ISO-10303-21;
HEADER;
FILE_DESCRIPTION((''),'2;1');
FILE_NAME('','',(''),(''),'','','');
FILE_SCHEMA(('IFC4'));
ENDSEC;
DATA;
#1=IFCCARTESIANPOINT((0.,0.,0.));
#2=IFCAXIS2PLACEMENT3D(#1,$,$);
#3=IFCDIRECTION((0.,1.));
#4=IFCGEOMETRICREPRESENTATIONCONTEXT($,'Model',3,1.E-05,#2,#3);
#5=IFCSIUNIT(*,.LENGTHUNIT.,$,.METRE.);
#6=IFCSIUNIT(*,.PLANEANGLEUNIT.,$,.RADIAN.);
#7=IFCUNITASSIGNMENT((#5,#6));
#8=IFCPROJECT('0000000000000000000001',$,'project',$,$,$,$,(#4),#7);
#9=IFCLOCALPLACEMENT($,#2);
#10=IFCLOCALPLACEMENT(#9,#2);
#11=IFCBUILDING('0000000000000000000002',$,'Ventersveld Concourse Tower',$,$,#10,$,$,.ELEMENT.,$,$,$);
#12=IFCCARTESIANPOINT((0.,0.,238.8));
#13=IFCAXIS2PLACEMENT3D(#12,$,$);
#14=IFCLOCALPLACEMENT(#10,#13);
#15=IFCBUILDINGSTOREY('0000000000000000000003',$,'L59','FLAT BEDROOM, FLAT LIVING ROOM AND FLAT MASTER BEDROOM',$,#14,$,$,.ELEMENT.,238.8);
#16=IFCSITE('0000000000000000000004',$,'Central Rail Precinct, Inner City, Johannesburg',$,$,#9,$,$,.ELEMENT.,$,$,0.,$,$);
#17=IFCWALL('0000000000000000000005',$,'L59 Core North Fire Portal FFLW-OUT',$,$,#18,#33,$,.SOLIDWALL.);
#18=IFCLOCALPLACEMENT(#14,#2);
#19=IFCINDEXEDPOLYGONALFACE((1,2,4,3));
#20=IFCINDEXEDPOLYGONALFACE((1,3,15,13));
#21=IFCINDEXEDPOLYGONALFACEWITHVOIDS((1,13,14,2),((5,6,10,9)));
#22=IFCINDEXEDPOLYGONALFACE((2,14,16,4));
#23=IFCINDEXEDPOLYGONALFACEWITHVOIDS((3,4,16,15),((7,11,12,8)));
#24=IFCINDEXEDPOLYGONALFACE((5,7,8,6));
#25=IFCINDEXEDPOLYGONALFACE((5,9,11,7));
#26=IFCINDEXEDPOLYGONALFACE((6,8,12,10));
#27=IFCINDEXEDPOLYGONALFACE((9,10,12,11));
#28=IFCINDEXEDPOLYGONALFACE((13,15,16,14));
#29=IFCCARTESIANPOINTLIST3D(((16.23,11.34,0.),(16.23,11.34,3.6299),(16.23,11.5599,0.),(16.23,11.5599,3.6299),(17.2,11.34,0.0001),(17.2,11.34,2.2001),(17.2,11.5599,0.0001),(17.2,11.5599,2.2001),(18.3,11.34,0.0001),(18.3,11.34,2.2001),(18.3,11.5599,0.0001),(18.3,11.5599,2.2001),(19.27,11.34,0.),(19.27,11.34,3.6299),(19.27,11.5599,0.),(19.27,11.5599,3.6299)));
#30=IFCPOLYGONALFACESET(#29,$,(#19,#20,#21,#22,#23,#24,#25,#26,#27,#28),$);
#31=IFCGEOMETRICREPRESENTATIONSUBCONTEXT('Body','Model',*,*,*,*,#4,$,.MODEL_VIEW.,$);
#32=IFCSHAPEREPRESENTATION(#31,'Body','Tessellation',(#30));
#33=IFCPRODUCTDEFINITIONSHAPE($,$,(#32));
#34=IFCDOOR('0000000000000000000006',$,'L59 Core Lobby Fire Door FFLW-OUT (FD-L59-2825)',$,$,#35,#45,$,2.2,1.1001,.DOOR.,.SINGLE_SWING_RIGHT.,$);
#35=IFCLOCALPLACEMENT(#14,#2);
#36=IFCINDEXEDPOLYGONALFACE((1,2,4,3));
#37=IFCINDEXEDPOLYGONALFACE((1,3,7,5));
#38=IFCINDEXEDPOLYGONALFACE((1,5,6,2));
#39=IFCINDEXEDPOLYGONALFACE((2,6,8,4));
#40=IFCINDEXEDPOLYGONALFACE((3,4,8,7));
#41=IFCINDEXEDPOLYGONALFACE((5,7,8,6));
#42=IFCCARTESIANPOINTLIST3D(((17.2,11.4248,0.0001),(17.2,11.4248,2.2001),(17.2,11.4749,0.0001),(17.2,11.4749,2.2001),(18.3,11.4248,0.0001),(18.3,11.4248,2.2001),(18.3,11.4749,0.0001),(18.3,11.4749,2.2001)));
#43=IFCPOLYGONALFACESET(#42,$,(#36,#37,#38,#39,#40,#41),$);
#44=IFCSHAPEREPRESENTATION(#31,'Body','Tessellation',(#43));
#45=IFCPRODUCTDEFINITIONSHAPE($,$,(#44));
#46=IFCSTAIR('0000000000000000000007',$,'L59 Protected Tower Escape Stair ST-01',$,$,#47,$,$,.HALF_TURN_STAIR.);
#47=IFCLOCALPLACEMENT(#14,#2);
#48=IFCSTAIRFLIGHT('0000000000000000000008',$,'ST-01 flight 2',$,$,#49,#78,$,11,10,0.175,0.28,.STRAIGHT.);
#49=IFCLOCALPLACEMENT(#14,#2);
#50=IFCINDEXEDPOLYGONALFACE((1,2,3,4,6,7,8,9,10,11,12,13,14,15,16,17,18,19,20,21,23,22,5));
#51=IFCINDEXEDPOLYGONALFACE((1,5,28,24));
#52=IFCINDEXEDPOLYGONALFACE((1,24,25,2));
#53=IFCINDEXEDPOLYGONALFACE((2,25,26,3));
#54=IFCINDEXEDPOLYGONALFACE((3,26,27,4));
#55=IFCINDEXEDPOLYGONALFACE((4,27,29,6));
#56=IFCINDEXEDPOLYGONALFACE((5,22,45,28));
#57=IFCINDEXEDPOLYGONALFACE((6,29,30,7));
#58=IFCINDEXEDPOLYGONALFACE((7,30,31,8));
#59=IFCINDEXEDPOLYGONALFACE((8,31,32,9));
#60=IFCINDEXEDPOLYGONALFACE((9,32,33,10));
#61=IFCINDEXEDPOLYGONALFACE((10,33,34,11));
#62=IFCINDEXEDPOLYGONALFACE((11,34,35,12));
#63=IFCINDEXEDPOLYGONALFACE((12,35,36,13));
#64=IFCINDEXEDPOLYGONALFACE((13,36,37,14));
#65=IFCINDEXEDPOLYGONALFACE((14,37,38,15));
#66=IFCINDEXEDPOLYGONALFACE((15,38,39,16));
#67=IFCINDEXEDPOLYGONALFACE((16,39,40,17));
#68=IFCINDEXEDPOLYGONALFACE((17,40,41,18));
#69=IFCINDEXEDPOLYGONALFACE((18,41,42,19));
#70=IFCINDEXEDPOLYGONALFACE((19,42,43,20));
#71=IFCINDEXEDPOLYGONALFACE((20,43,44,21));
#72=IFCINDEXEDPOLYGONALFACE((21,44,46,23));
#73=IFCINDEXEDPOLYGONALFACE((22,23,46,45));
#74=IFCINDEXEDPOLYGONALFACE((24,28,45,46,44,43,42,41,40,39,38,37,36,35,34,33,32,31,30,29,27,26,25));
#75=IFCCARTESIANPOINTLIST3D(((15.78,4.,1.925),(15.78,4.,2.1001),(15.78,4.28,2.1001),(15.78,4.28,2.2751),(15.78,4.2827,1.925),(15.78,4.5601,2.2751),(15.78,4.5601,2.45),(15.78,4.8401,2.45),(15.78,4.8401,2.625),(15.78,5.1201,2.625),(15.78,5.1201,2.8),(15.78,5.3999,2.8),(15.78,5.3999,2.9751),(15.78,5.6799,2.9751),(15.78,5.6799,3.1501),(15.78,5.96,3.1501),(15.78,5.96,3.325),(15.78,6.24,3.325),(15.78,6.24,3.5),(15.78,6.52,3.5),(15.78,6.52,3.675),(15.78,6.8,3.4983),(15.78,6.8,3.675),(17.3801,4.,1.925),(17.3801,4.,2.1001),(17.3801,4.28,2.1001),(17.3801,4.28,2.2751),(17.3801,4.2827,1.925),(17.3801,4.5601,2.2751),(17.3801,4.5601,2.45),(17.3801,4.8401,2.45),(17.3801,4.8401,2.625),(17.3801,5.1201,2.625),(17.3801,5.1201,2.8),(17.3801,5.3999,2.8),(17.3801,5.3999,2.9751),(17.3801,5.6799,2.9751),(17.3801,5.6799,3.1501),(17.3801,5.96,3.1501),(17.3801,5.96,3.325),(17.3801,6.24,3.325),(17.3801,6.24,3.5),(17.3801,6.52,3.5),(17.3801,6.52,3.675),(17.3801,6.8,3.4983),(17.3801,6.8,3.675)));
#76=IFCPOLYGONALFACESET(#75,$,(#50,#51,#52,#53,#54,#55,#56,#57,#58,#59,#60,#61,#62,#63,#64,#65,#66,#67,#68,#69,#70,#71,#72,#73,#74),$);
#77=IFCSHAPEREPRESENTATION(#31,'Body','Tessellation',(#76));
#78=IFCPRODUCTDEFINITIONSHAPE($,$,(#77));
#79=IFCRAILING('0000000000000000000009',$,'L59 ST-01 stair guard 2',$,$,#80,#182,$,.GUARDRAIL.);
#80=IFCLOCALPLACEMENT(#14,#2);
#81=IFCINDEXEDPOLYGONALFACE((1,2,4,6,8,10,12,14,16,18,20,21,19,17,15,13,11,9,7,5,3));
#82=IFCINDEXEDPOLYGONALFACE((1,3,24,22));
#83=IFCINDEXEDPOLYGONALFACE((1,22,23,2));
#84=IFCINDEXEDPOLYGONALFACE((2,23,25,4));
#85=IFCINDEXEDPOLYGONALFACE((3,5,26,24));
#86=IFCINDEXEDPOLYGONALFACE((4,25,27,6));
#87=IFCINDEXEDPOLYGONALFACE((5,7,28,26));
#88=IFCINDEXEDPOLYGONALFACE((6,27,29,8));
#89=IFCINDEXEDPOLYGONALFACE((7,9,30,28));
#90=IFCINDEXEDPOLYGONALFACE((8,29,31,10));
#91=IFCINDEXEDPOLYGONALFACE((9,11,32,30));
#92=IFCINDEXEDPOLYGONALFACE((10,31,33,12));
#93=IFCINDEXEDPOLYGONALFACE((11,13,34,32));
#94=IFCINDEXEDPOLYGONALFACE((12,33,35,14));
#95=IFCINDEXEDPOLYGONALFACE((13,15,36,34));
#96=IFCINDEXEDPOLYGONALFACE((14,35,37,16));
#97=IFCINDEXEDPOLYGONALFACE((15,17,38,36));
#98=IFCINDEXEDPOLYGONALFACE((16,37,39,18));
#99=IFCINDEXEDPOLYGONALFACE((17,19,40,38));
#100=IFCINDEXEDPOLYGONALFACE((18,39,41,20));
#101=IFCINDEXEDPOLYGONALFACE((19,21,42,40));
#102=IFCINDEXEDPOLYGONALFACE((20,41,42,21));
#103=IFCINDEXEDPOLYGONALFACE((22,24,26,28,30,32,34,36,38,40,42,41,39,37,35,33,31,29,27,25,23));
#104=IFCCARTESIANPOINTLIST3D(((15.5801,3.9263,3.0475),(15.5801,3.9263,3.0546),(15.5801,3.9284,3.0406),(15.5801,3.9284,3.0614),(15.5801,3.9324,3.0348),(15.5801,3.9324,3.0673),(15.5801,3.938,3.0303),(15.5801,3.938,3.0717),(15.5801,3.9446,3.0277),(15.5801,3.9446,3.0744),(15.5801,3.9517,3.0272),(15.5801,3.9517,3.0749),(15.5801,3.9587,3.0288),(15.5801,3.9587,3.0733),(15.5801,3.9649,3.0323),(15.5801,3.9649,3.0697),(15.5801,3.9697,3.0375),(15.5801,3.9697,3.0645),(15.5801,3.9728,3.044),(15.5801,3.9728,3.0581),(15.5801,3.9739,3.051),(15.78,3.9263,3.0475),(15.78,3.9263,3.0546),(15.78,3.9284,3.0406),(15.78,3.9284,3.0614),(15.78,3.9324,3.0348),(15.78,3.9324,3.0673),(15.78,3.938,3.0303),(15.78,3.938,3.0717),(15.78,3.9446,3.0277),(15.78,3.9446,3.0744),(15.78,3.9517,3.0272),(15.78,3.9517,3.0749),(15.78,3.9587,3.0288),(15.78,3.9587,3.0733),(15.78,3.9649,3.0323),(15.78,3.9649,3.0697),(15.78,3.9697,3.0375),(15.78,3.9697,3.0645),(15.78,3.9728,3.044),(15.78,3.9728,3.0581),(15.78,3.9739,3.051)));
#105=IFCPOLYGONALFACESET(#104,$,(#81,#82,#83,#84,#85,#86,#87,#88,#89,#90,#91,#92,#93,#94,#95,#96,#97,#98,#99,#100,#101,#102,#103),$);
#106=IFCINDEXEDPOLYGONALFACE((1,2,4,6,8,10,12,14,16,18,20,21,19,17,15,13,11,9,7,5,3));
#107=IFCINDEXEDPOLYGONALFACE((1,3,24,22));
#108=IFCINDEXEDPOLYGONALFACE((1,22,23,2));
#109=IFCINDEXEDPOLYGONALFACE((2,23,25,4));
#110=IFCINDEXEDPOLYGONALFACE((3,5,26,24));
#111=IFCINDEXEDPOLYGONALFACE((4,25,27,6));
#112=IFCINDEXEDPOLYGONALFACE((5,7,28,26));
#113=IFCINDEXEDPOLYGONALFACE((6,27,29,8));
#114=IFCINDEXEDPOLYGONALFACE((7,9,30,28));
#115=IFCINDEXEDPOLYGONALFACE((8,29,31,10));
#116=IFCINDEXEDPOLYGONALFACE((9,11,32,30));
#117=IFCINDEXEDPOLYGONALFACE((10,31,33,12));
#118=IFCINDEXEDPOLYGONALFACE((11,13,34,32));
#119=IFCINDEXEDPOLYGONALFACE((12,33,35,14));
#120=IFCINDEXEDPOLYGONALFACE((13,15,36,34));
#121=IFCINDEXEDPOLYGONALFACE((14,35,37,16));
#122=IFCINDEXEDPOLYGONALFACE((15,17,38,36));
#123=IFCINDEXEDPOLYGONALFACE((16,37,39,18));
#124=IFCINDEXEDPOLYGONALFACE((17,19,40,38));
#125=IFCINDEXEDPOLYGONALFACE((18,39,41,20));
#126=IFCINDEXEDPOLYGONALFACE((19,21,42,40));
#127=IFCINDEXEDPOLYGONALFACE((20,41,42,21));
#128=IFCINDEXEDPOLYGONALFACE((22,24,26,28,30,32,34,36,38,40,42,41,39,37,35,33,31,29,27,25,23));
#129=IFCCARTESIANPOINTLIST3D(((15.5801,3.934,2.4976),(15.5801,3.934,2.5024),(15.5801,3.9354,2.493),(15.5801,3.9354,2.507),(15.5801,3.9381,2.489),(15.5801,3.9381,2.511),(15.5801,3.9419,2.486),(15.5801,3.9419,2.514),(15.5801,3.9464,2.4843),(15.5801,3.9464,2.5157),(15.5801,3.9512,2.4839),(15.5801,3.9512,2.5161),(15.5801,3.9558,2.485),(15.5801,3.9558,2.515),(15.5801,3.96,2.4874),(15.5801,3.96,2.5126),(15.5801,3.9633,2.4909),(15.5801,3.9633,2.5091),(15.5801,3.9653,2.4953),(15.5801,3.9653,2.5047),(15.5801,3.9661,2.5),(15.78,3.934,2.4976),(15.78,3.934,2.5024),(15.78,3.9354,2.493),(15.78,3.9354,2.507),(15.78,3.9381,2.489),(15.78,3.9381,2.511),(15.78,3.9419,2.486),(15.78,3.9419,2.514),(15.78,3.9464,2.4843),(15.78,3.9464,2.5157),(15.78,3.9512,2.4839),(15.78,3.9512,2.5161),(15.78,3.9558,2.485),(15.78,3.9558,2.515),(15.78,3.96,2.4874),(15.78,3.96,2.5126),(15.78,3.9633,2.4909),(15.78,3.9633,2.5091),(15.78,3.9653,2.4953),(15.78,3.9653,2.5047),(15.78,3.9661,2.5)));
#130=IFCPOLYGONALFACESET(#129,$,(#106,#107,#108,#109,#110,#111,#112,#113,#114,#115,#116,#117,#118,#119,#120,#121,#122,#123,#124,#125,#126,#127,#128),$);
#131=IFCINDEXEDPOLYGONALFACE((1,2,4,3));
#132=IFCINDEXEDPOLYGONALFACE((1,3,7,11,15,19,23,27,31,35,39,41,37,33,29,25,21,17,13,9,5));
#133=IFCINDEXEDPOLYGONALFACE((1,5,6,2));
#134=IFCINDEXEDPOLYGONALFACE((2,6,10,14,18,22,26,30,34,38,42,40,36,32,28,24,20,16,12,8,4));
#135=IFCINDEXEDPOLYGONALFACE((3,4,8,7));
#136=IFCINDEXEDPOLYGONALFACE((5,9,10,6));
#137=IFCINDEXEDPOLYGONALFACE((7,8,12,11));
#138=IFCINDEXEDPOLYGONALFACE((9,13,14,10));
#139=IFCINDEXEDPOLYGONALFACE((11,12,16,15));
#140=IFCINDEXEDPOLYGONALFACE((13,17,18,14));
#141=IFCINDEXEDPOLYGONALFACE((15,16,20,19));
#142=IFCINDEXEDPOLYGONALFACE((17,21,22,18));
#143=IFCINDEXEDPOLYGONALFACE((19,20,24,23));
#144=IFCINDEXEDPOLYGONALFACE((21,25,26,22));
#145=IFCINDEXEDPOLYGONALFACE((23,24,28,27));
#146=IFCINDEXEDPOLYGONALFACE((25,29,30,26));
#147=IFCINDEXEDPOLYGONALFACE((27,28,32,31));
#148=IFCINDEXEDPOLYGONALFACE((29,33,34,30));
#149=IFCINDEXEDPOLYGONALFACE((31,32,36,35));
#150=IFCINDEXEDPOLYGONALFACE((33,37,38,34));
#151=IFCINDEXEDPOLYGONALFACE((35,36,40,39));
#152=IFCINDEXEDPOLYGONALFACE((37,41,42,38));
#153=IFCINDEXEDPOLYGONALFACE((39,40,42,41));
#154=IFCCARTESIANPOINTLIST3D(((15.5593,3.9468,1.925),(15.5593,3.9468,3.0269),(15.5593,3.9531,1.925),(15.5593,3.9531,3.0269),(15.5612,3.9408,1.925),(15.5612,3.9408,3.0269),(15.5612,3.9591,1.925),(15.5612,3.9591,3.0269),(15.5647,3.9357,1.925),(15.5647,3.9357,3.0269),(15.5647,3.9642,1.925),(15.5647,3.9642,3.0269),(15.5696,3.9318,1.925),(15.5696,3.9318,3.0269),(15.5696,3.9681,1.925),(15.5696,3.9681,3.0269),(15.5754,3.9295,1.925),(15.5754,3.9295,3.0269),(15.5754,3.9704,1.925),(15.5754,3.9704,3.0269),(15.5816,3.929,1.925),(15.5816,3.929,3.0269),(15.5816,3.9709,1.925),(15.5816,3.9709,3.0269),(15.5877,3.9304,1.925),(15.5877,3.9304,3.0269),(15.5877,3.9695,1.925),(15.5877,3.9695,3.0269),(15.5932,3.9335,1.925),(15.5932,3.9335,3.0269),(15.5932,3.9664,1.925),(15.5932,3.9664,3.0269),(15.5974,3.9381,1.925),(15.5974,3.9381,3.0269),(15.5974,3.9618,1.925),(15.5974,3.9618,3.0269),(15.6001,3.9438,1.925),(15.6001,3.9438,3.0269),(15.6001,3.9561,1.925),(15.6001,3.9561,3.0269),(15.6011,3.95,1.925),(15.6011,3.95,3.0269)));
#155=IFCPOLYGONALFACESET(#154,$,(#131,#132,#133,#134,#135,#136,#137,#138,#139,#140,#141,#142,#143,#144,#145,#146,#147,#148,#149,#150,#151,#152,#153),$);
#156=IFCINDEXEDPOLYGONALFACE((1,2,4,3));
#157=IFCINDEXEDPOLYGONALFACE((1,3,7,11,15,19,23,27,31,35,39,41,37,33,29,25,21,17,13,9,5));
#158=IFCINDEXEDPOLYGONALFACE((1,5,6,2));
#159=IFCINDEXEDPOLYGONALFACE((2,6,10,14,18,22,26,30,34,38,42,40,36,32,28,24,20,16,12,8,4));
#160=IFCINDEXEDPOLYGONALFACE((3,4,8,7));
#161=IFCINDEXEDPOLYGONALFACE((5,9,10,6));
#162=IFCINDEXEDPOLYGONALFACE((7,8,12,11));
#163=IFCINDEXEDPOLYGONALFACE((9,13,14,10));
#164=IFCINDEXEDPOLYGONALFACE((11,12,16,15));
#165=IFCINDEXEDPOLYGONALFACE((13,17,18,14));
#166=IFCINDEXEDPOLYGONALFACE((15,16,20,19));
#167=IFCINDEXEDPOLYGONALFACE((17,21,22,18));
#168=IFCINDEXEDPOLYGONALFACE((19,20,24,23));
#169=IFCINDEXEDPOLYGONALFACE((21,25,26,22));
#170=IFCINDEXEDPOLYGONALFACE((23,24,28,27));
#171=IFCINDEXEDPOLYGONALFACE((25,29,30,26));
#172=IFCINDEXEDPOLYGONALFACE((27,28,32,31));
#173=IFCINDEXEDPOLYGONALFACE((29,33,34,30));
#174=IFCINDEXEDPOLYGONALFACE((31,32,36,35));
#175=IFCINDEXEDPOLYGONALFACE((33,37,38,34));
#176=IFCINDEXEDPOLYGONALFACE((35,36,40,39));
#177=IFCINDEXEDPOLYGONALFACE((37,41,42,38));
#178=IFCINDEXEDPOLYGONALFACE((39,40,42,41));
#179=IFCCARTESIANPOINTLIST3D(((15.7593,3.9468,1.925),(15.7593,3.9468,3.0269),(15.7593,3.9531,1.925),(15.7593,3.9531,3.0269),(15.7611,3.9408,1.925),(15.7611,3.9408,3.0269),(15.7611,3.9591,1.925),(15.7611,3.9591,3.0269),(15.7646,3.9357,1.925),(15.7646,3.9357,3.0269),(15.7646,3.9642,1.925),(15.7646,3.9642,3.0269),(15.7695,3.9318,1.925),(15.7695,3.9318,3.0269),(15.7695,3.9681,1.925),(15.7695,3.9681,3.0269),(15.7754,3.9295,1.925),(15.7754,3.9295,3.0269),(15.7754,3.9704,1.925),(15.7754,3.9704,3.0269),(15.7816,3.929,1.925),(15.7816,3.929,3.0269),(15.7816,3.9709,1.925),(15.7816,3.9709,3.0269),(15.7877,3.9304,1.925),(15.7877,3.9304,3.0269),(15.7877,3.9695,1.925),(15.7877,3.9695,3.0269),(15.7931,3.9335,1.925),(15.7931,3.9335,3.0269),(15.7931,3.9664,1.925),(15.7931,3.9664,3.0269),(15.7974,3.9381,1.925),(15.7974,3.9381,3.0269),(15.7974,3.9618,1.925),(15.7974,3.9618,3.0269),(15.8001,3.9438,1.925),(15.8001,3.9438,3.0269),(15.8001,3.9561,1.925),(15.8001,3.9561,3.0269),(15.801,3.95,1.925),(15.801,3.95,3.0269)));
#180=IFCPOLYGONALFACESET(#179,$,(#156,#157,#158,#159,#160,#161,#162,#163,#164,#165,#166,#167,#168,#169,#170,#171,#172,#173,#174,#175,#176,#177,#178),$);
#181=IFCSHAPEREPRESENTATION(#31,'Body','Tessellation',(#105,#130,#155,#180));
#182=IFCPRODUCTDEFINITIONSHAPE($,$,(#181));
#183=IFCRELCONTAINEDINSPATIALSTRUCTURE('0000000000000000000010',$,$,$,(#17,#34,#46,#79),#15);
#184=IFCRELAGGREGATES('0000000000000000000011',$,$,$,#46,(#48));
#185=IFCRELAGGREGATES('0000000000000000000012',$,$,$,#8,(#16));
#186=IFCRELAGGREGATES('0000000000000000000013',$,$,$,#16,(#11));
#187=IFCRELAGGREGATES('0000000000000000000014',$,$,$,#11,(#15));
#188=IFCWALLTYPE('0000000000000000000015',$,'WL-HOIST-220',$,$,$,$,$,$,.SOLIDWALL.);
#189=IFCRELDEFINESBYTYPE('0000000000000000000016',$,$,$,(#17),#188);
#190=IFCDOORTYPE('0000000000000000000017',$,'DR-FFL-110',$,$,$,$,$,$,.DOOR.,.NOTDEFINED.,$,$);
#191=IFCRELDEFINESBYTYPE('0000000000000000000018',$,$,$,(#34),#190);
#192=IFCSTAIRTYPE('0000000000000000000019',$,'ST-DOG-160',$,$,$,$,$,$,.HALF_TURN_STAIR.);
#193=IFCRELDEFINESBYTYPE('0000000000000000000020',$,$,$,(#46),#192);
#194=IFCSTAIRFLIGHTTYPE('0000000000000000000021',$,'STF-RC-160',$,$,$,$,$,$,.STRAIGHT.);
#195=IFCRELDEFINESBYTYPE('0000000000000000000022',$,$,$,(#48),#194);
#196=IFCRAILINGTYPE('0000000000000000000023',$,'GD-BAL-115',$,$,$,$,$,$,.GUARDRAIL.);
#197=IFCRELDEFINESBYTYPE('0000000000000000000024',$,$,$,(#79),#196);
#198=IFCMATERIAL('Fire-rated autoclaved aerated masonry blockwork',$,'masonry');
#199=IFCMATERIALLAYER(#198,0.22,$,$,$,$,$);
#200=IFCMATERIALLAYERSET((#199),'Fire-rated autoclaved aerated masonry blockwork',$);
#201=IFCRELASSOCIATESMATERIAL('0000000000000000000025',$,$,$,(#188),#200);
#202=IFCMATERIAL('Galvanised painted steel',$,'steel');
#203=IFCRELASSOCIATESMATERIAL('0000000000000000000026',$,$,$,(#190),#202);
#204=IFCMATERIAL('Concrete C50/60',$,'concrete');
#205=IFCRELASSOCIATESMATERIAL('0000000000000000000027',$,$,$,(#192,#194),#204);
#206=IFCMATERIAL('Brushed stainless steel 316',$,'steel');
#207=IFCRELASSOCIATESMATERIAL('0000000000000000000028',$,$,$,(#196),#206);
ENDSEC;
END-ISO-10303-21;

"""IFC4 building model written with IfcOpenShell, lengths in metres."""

from ifc_helpers import new_model, si_unit, direction, frame, frame_2d, origin, origin_2d, place, context, subcontext, project, spatial, polyline, rectangle, circle, outline, extrude, material, layer, layer_set, type_object, element, fill, aggregate, save


model = new_model("IFC4")

# Units and contexts
model_context = context("Model", 3, precision=1e-05, world=origin(), true_north=direction((0.0, 1.0)))
body_context = subcontext(model_context, "Body", "Model", "MODEL_VIEW")
ifc_project = project(units=[si_unit("LENGTHUNIT", "METRE"), si_unit("PLANEANGLEUNIT", "RADIAN")], contexts=[model_context])

# Site, building, storey
site_placement = place(None, origin())
site = spatial("IfcSite", under=ifc_project, at=site_placement, Name="Central Rail Precinct, Inner City, Johannesburg", CompositionType="ELEMENT", RefElevation=0.0)
building_placement = place(site_placement, origin())
building = spatial("IfcBuilding", under=site, at=building_placement, Name="Ventersveld Concourse Tower", CompositionType="ELEMENT")
storey_placement = place(building_placement, frame((0.0, 0.0, 238.8)))
storey = spatial("IfcBuildingStorey", under=building, at=storey_placement, Name="L59", Description="FLAT BEDROOM, FLAT LIVING ROOM AND FLAT MASTER BEDROOM", CompositionType="ELEMENT", Elevation=238.8)

# Shared definitions
ifc_material_1 = material(Name="Concrete C50/60", Category="concrete")

# Shared definitions
ifc_material_2 = material(Name="Fire-rated autoclaved aerated masonry blockwork", Category="masonry")
ifc_material_3 = material(Name="Galvanised painted steel", Category="steel")

# Shared definitions
ifc_layer_1 = layer(ifc_material_2, 0.22)
ifc_layer_set_1 = layer_set([ifc_layer_1], Name="Fire-rated autoclaved aerated masonry blockwork")
wall_type_1 = type_object("IfcWallType", Name="WL-HOIST-220", PredefinedType="SOLIDWALL", material=ifc_layer_set_1)

# Shared definitions
ifc_material_4 = material(Name="Brushed stainless steel 316", Category="steel")

# Wall, opening, door
door_type_1 = type_object("IfcDoorType", Name="DR-FFL-110", OperationType="NOTDEFINED", PredefinedType="DOOR", material=ifc_material_3)
wall_1_placement = place(storey_placement, frame((16.23, 11.45, 0.0), z_axis=(0.0, 0.0, 1.0), x_axis=(1.0, 0.0, 0.0)))
wall_1 = element("IfcWall", 1, at=wall_1_placement, inside=storey, type_object=wall_type_1, Name="L59 Core North Fire Portal FFLW-OUT", PredefinedType="SOLIDWALL", context=body_context, shape_type="SweptSolid", body=[
    extrude(rectangle(XDim=3.04, YDim=0.22, at=frame_2d((1.52, 0.0))), origin(), (0.0, 0.0, 1.0), 3.6299),
])
opening_1_placement = place(wall_1_placement, frame((0.97, 0.0, 0.0)))
opening_1 = element("IfcOpeningElement", 2, at=opening_1_placement, cuts=wall_1, PredefinedType="OPENING", context=body_context, shape_type="SweptSolid", body=[
    extrude(rectangle(XDim=1.1001, YDim=2.2, at=frame_2d((0.55, 1.1001))), frame((0.0, 0.1201, 0.0), z_axis=(0.0, -1.0, 0.0), x_axis=(1.0, 0.0, 0.0)), (0.0, 0.0, 1.0), 0.24),
])
door_1_placement = place(opening_1_placement, origin())
door_1 = element("IfcDoor", 3, at=door_1_placement, inside=storey, type_object=door_type_1, Name="L59 Core Lobby Fire Door FFLW-OUT (FD-L59-2825)", OperationType="SINGLE_SWING_RIGHT", OverallHeight=2.2, OverallWidth=1.1001, PredefinedType="DOOR", context=body_context, shape_type="SweptSolid", body=[
    extrude(rectangle(XDim=1.1001, YDim=2.2, at=frame_2d((0.55, 1.1001))), frame((0.0, 0.0249, 0.0), z_axis=(0.0, -1.0, 0.0), x_axis=(1.0, 0.0, 0.0)), (0.0, 0.0, 1.0), 0.05),
])
fill(opening_1, door_1)

# Stair, stair flight
stair_type = type_object("IfcStairType", Name="ST-DOG-160", PredefinedType="HALF_TURN_STAIR", material=ifc_material_1)
stair_placement = place(storey_placement, origin())
stair = element("IfcStair", 4, at=stair_placement, inside=storey, type_object=stair_type, Name="L59 Protected Tower Escape Stair ST-01", PredefinedType="HALF_TURN_STAIR")
stair_flight_type = type_object("IfcStairFlightType", Name="STF-RC-160", PredefinedType="STRAIGHT", material=ifc_material_1)
stair_flight_placement = place(storey_placement, frame((16.5801, 4.0, 1.925), z_axis=(0.0, 0.0, 1.0), x_axis=(0.0, 1.0, 0.0)))
stair_flight = element("IfcStairFlight", 5, at=stair_flight_placement, type_object=stair_flight_type, Name="ST-01 flight 2", NumberOfRisers=11, NumberOfTreads=10, PredefinedType="STRAIGHT", RiserHeight=0.175, TreadLength=0.28, context=body_context, shape_type="SweptSolid", body=[
    extrude(outline(polyline([(0.0, 0.0), (0.0, 0.175), (0.28, 0.175), (0.28, 0.3501), (0.5601, 0.3501), (0.5601, 0.5249), (0.8401, 0.5249), (0.8401, 0.7), (1.1201, 0.7), (1.1201, 0.875), (1.3999, 0.875), (1.3999, 1.05), (1.6799, 1.05), (1.6799, 1.2251), (1.96, 1.2251), (1.96, 1.3999), (2.24, 1.3999), (2.24, 1.575), (2.52, 1.575), (2.52, 1.75), (2.8, 1.75), (2.8, 1.925), (2.8, 1.5732), (0.2827, 0.0), (0.0, 0.0)])), frame((0.0, 0.8, 0.0), z_axis=(0.0, -1.0, 0.0), x_axis=(1.0, 0.0, 0.0)), (0.0, 0.0, 1.0), 1.6001),
])
aggregate(stair, [stair_flight])

# Railing
railing_type_1 = type_object("IfcRailingType", Name="GD-BAL-115", PredefinedType="GUARDRAIL", material=ifc_material_4)
railing_1_placement = place(storey_placement, frame((15.5801, 3.95, 1.925)))
element("IfcRailing", 6, at=railing_1_placement, inside=storey, type_object=railing_type_1, Name="L59 ST-01 stair guard 2", PredefinedType="GUARDRAIL", context=body_context, shape_type="SweptSolid", body=[
    extrude(circle(Radius=0.0239, at=origin_2d()), frame((0.0, 0.0, 1.126), z_axis=(1.0, 0.0, 0.0), x_axis=(0.0, 1.0, 0.0)), (0.0, 0.0, 1.0), 0.2),
    extrude(circle(Radius=0.0161, at=origin_2d()), frame((0.0, 0.0, 0.575), z_axis=(1.0, 0.0, 0.0), x_axis=(0.0, 1.0, 0.0)), (0.0, 0.0, 1.0), 0.2),
    extrude(circle(Radius=0.021, at=origin_2d()), origin(), (0.0, 0.0, 1.0), 1.1018),
    extrude(circle(Radius=0.021, at=origin_2d()), frame((0.2, 0.0, 0.0)), (0.0, 0.0, 1.0), 1.1018),
])

save(model, "model.ifc")
